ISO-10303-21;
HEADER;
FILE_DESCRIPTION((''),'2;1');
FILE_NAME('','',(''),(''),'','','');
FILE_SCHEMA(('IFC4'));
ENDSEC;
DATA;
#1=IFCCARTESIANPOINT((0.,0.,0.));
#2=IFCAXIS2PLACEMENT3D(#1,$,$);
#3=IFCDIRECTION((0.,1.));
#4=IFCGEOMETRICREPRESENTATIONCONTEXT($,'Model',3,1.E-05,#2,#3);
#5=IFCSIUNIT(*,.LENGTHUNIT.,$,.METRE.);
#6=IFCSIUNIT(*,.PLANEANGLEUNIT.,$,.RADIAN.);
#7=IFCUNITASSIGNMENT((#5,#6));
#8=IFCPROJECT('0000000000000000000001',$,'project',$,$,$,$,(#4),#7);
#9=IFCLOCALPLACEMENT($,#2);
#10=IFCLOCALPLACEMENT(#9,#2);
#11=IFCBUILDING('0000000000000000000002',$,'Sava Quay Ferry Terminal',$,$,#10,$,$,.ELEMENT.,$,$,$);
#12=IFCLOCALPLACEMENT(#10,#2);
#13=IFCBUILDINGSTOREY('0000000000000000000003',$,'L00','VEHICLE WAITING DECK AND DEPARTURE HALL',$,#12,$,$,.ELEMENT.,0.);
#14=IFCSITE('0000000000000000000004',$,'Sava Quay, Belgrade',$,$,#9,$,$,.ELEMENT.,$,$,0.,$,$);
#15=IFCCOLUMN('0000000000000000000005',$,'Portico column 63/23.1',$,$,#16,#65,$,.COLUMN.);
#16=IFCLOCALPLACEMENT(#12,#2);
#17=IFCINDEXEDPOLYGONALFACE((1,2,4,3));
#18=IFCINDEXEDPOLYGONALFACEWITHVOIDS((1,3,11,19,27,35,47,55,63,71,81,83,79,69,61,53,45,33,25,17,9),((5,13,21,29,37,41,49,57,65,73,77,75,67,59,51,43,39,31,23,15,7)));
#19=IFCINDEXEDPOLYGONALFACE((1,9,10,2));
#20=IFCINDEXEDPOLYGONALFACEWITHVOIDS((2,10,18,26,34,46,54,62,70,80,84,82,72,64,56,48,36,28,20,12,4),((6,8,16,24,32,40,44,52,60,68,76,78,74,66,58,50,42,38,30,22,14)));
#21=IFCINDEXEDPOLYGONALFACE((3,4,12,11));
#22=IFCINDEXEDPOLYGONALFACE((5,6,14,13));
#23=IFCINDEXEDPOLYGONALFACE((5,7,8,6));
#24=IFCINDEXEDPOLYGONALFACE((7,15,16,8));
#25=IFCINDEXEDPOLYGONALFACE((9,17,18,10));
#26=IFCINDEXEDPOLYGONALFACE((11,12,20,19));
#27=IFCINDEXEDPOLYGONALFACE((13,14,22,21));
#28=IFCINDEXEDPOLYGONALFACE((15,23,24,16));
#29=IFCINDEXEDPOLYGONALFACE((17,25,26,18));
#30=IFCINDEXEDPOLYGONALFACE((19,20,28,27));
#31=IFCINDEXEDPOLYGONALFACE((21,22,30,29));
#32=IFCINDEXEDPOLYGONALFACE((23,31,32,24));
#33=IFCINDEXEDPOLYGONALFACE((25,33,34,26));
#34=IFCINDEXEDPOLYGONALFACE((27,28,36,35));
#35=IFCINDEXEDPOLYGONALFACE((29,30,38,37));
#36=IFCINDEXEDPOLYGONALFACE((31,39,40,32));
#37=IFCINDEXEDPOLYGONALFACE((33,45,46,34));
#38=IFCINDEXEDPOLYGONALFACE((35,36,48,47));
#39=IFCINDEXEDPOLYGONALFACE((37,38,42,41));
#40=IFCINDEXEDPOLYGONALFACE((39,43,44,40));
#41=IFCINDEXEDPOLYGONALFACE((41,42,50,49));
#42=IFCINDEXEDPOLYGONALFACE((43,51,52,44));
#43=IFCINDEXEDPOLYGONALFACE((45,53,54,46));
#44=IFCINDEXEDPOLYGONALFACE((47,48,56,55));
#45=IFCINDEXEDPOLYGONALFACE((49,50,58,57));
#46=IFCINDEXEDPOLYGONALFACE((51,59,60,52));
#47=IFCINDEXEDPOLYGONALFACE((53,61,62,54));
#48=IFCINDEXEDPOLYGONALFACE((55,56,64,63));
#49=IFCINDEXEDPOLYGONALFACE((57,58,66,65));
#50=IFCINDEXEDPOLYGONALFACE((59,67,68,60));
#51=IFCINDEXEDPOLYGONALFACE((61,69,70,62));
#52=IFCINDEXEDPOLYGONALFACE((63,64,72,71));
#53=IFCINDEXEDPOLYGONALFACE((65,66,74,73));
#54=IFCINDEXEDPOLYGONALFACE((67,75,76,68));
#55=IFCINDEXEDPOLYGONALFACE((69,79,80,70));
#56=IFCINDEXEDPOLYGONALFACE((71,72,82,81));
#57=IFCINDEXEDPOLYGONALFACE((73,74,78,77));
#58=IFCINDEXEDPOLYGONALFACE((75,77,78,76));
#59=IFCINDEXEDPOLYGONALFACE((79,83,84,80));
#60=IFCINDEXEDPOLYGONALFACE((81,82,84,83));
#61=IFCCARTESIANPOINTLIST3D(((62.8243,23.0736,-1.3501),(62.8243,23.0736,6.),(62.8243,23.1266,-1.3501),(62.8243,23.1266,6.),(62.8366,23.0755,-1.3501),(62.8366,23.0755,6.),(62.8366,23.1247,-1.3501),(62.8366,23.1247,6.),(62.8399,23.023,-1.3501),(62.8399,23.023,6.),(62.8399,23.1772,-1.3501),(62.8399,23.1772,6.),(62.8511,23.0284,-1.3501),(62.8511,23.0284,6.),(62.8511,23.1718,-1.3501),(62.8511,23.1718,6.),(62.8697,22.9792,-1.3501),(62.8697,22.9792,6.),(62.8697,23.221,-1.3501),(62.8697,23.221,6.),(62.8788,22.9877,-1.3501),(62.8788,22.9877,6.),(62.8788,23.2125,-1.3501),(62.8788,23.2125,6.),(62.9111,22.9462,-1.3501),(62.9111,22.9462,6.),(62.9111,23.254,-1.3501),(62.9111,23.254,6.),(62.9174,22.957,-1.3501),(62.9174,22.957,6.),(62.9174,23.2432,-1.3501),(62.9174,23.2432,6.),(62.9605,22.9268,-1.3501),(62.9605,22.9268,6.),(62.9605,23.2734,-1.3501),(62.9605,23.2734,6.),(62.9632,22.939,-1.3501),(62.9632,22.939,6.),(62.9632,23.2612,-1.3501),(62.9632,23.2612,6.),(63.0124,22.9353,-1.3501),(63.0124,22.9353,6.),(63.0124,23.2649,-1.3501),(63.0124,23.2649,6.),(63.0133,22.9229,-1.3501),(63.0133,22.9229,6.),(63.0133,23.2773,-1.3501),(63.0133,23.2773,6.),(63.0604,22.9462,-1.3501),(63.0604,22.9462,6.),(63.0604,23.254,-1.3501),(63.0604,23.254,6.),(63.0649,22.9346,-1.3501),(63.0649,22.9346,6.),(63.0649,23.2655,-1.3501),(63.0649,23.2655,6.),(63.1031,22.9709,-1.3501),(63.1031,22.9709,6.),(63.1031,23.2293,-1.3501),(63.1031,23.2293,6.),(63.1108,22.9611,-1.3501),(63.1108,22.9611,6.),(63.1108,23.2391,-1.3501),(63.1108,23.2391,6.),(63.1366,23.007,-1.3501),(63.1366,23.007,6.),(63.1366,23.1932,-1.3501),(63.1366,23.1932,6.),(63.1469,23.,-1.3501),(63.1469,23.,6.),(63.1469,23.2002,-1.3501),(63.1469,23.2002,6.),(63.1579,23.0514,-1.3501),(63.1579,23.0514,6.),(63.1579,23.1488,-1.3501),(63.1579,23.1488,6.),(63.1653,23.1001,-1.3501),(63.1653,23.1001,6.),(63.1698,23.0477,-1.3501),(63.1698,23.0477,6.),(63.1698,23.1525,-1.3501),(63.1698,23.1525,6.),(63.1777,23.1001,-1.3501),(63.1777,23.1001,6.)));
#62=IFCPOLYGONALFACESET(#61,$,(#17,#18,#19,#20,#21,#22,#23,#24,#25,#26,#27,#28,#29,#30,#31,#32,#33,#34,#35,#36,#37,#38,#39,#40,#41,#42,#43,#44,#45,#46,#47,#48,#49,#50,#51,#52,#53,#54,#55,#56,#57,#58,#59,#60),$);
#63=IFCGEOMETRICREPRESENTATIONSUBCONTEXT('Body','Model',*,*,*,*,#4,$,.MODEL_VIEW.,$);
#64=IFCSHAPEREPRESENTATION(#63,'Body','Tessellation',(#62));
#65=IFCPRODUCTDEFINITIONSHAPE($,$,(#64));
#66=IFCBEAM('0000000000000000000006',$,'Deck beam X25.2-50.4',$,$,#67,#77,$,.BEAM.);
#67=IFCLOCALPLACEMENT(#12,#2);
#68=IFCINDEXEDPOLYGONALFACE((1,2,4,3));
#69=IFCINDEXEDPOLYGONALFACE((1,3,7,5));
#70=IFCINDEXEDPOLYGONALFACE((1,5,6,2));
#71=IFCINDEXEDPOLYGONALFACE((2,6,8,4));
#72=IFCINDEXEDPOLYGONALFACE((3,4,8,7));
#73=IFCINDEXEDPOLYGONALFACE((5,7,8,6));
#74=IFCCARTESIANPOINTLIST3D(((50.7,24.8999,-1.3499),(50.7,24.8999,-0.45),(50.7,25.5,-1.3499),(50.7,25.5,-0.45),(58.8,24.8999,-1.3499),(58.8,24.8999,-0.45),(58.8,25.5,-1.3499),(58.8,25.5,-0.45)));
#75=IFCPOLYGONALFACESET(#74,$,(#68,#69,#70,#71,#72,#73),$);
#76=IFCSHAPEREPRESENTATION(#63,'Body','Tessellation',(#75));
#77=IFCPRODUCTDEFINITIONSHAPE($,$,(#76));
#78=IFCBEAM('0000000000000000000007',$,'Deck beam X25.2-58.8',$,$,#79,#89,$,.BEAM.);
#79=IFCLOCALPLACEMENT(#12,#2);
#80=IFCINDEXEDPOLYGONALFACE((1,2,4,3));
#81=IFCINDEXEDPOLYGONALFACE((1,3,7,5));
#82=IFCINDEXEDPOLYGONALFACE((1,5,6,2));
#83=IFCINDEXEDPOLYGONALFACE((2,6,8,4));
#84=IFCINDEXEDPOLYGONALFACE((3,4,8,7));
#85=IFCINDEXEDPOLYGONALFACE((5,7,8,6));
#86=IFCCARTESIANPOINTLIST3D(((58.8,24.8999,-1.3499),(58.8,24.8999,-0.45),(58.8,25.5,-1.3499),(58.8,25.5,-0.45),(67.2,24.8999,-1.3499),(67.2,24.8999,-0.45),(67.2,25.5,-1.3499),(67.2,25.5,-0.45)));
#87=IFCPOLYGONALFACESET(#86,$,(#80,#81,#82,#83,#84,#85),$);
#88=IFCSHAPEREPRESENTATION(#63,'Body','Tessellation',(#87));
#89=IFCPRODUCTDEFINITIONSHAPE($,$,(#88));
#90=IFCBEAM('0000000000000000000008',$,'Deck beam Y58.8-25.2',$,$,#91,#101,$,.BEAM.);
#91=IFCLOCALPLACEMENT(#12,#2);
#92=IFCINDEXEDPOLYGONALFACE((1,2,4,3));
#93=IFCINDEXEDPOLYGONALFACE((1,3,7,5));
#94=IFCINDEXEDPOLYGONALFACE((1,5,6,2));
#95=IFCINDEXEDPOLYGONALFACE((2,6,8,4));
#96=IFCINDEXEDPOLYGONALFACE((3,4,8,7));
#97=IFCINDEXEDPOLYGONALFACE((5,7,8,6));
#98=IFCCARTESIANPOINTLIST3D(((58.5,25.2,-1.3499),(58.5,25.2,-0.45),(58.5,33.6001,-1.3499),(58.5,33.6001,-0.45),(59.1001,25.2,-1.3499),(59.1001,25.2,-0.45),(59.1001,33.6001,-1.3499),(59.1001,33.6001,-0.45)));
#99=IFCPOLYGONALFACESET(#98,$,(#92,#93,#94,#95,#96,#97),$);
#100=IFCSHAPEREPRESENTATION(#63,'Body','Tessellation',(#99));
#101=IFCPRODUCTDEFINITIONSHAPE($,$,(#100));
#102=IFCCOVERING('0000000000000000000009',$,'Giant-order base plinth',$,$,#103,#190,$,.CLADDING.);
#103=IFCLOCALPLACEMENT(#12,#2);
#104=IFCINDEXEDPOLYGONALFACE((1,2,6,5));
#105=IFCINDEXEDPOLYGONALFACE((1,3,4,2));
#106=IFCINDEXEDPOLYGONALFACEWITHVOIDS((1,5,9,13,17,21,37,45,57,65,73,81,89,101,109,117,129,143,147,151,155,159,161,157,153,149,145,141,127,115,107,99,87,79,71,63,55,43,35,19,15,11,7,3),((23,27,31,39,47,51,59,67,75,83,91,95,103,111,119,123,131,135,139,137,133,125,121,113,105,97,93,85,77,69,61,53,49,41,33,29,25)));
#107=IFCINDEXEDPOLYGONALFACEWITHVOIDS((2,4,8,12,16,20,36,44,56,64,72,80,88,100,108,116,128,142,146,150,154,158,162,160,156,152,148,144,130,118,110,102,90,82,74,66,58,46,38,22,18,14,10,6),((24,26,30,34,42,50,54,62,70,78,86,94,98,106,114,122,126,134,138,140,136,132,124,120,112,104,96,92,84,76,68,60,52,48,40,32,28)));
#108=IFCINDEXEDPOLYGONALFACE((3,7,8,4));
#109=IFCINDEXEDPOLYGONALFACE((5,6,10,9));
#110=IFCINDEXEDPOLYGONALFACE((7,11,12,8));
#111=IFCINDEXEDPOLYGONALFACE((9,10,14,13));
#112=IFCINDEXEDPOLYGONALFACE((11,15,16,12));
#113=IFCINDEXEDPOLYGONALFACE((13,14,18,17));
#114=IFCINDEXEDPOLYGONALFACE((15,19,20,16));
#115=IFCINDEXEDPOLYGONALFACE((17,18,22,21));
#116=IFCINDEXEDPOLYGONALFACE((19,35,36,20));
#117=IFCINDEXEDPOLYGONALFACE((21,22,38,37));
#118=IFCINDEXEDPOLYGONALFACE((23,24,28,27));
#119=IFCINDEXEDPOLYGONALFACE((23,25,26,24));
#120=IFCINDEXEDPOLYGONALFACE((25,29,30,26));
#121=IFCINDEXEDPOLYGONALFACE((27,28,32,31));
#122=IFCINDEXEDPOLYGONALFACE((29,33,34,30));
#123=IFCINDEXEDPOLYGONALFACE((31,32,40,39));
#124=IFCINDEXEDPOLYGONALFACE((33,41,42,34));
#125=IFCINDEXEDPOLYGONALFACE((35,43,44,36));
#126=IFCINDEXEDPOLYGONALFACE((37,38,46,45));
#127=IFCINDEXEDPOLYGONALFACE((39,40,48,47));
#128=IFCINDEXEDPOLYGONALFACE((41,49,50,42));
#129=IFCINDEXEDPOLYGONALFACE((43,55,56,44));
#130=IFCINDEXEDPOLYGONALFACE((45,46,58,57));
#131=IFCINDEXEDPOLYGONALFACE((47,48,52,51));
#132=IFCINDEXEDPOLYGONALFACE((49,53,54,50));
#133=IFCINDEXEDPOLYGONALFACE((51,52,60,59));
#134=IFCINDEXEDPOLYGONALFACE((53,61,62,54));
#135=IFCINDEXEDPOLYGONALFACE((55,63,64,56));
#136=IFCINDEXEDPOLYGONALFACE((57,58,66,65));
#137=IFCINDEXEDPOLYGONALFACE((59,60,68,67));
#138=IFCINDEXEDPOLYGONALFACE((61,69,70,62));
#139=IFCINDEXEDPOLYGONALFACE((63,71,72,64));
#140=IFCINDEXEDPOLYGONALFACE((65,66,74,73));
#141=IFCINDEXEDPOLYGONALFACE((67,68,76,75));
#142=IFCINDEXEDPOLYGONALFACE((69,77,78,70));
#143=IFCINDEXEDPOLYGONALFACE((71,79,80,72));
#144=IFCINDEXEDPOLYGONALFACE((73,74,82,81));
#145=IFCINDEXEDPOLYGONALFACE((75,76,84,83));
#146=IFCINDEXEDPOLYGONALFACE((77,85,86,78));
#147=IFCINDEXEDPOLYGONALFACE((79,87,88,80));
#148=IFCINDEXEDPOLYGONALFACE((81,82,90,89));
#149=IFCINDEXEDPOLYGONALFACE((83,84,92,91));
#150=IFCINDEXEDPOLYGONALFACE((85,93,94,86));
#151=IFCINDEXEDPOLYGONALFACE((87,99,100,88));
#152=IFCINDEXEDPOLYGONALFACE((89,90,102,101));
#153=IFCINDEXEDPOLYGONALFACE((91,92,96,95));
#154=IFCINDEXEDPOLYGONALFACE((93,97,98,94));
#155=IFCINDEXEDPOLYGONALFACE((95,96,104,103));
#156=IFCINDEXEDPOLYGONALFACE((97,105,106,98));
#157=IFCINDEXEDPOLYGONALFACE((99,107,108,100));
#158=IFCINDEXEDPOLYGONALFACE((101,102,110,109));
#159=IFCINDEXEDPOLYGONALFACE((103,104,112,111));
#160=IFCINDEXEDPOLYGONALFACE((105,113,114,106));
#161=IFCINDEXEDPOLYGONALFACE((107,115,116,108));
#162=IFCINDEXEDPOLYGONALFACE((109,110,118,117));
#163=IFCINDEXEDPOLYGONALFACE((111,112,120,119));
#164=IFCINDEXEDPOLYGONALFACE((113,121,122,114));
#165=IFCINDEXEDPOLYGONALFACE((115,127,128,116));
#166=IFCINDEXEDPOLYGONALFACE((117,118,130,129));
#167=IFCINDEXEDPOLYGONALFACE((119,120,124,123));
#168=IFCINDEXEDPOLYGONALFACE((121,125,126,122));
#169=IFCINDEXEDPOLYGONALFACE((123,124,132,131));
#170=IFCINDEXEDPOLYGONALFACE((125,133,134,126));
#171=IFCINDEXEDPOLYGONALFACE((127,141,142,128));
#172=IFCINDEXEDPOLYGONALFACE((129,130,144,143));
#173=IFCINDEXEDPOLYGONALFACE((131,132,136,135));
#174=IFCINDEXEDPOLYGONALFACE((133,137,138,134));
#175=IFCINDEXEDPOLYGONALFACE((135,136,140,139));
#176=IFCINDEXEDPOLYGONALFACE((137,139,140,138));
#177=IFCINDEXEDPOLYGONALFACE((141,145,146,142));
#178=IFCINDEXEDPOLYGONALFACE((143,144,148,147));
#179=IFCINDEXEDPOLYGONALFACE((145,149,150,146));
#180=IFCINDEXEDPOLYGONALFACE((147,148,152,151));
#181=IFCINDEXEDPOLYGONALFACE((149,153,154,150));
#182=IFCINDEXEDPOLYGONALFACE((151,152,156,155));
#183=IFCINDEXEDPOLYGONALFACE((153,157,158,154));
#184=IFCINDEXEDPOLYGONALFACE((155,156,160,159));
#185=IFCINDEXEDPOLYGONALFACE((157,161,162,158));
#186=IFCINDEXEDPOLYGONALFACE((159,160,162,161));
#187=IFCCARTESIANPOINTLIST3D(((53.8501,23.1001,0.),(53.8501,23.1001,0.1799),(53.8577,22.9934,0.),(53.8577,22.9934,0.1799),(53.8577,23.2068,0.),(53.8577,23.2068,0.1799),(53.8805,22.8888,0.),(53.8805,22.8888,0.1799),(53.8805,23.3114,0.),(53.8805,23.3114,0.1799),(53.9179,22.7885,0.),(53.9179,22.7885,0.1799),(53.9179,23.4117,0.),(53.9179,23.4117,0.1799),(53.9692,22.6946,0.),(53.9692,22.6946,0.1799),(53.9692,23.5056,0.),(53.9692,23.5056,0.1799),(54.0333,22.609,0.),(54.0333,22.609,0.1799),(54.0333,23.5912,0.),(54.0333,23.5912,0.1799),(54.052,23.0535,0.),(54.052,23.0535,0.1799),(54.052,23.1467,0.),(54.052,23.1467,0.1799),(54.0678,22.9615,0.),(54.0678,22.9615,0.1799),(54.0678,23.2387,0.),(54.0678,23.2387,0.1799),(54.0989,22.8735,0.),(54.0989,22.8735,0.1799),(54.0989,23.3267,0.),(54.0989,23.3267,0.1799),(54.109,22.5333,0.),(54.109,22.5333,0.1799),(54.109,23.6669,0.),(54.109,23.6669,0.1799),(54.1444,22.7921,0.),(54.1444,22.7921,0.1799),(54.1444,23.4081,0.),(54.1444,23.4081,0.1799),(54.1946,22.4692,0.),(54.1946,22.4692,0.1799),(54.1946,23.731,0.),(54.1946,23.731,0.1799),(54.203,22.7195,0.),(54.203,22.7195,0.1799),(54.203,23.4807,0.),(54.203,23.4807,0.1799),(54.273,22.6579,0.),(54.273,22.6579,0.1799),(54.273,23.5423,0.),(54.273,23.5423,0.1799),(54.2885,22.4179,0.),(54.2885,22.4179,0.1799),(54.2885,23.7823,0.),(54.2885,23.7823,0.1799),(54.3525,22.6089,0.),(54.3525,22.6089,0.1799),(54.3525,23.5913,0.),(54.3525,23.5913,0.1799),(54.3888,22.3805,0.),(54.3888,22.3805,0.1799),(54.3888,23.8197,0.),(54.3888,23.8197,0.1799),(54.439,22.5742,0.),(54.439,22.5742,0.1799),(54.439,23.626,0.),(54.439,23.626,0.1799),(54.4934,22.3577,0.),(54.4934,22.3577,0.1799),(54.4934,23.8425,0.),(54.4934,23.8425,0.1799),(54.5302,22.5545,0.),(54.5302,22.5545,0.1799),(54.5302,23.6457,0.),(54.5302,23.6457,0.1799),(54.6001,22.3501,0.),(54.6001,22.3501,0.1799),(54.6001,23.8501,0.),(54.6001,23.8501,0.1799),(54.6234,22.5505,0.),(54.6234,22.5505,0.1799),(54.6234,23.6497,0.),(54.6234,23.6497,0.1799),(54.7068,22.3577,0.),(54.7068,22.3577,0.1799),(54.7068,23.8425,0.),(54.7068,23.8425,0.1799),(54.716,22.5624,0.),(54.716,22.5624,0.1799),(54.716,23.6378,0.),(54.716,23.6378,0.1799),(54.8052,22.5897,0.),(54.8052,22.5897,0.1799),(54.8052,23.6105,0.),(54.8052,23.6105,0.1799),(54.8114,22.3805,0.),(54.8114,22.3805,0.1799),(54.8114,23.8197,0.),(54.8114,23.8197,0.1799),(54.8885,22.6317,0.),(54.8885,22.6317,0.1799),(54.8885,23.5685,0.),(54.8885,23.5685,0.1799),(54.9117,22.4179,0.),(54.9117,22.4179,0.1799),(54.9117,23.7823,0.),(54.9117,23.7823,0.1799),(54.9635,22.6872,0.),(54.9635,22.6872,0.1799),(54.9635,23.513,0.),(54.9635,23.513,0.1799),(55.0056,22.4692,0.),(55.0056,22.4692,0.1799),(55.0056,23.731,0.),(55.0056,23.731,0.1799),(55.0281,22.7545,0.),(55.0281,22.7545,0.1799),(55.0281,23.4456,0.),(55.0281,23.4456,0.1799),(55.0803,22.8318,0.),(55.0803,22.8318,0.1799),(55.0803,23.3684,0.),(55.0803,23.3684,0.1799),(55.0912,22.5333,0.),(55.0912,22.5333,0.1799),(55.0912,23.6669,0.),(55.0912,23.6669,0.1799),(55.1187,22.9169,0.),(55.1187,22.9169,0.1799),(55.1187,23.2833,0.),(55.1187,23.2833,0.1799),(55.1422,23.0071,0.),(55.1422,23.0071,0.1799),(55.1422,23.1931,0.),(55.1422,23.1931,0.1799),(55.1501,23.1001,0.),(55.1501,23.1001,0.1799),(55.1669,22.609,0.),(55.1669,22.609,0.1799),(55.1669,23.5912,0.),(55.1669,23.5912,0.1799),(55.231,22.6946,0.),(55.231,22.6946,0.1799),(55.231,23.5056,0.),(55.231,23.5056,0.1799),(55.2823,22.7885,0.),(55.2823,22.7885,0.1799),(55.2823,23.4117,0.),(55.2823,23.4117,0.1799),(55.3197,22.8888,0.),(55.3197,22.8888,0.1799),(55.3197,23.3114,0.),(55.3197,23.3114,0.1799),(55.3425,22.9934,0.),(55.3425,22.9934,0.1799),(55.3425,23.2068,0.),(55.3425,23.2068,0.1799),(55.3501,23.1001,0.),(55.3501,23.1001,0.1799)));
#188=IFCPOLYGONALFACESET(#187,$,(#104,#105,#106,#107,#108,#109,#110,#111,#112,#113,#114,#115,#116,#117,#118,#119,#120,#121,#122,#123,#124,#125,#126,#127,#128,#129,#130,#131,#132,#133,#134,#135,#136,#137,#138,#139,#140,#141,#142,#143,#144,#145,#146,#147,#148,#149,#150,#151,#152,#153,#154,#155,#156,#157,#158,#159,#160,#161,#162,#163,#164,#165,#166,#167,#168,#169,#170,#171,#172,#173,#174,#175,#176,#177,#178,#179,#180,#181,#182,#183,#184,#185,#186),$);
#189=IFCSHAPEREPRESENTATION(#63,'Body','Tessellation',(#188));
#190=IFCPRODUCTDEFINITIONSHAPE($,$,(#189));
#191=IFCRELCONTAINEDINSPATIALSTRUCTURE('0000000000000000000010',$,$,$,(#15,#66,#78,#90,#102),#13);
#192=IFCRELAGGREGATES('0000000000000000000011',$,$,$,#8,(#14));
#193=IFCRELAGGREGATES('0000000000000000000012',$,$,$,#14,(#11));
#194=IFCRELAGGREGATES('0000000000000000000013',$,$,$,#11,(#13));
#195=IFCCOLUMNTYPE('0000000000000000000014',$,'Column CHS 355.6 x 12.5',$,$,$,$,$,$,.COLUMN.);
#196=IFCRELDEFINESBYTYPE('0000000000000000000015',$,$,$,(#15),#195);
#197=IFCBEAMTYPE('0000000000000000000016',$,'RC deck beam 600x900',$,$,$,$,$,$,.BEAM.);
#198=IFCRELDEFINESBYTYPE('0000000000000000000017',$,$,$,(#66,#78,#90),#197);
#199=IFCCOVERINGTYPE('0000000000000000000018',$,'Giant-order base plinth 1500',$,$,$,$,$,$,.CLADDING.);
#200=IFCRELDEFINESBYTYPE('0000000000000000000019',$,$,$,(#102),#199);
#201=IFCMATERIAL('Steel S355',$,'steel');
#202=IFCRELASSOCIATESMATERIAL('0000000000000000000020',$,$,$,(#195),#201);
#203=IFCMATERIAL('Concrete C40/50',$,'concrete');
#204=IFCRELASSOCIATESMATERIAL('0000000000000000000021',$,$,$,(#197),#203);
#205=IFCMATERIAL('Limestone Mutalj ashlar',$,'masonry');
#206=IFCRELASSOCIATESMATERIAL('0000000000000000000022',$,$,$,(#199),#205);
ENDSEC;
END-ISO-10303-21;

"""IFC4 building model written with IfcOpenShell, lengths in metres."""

from ifc_helpers import new_model, si_unit, direction, frame, origin, origin_2d, place, context, subcontext, project, spatial, rectangle, hollow_circle, extrude, material, material_profile, profile_set, type_object, element, save


model = new_model("IFC4")

# Units and contexts
model_context = context("Model", 3, precision=1e-05, world=origin(), true_north=direction((0.0, 1.0)))
body_context = subcontext(model_context, "Body", "Model", "MODEL_VIEW")
ifc_project = project(units=[si_unit("LENGTHUNIT", "METRE"), si_unit("PLANEANGLEUNIT", "RADIAN")], contexts=[model_context])

# Site, building, storey
site_placement = place(None, origin())
site = spatial("IfcSite", under=ifc_project, at=site_placement, Name="Sava Quay, Belgrade", CompositionType="ELEMENT", RefElevation=0.0)
building_placement = place(site_placement, origin())
building = spatial("IfcBuilding", under=site, at=building_placement, Name="Sava Quay Ferry Terminal", CompositionType="ELEMENT")
storey_placement = place(building_placement, origin())
storey = spatial("IfcBuildingStorey", under=building, at=storey_placement, Name="L00", Description="VEHICLE WAITING DECK AND DEPARTURE HALL", CompositionType="ELEMENT", Elevation=0.0)

# Column
ifc_material_1 = material(Name="Steel S355", Category="steel")
ifc_material_profile_1 = material_profile(ifc_material_1, hollow_circle(Radius=0.1777, WallThickness=0.0125, at=origin_2d()), Name="CHS 355.6 x 12.5")
ifc_profile_set_1 = profile_set([ifc_material_profile_1], Name="Steel S355")
column_type = type_object("IfcColumnType", Name="Column CHS 355.6 x 12.5", PredefinedType="COLUMN", material=ifc_profile_set_1)
for number, where, z_axis, x_axis, name in (
    (1, (63.0, 23.1001, -1.3501), (0.0, 0.0, 1.0), (1.0, 0.0, 0.0), "Portico column 63/23.1"),
):
    element("IfcColumn", number, at=place(storey_placement, frame(where, z_axis=z_axis, x_axis=x_axis)), inside=storey, type_object=column_type, Name=name, PredefinedType="COLUMN", context=body_context, shape_type="SweptSolid", body=[
        extrude(hollow_circle(Radius=0.1777, WallThickness=0.0125, at=origin_2d()), origin(), (0.0, 0.0, 1.0), 7.3501),
    ])

# Beams
ifc_material_2 = material(Name="Concrete C40/50", Category="concrete")
ifc_material_profile_2 = material_profile(ifc_material_2, rectangle(XDim=0.6001, YDim=0.8999, at=origin_2d()), Name="RC 600x900")
ifc_profile_set_2 = profile_set([ifc_material_profile_2], Name="Concrete C40/50")
beam_type = type_object("IfcBeamType", Name="RC deck beam 600x900", PredefinedType="BEAM", material=ifc_profile_set_2)
beam_1_placement = place(storey_placement, frame((50.7, 25.2, -0.8999), z_axis=(1.0, 0.0, 0.0), x_axis=(0.0, 1.0, 0.0)))
element("IfcBeam", 2, at=beam_1_placement, inside=storey, type_object=beam_type, Name="Deck beam X25.2-50.4", PredefinedType="BEAM", context=body_context, shape_type="SweptSolid", body=[
    extrude(rectangle(XDim=0.6001, YDim=0.8999, at=origin_2d()), origin(), (0.0, 0.0, 1.0), 8.1001),
])
beam_2_placement = place(storey_placement, frame((58.8, 25.2, -0.8999), z_axis=(1.0, 0.0, 0.0), x_axis=(0.0, 1.0, 0.0)))
element("IfcBeam", 3, at=beam_2_placement, inside=storey, type_object=beam_type, Name="Deck beam X25.2-58.8", PredefinedType="BEAM", context=body_context, shape_type="SweptSolid", body=[
    extrude(rectangle(XDim=0.6001, YDim=0.8999, at=origin_2d()), origin(), (0.0, 0.0, 1.0), 8.3999),
])
beam_3_placement = place(storey_placement, frame((58.8, 25.2, -0.8999), z_axis=(0.0, 1.0, 0.0), x_axis=(-1.0, 0.0, 0.0)))
element("IfcBeam", 4, at=beam_3_placement, inside=storey, type_object=beam_type, Name="Deck beam Y58.8-25.2", PredefinedType="BEAM", context=body_context, shape_type="SweptSolid", body=[
    extrude(rectangle(XDim=0.6001, YDim=0.8999, at=origin_2d()), origin(), (0.0, 0.0, 1.0), 8.4001),
])

# Covering
ifc_material_3 = material(Name="Limestone Mutalj ashlar", Category="masonry")
ifc_material_profile_3 = material_profile(ifc_material_3, hollow_circle(Radius=0.75, WallThickness=0.2, at=origin_2d()), Name="Base plinth 1500")
ifc_profile_set_3 = profile_set([ifc_material_profile_3], Name="Limestone Mutalj ashlar")
covering_type_1 = type_object("IfcCoveringType", Name="Giant-order base plinth 1500", PredefinedType="CLADDING", material=ifc_profile_set_3)
covering_1_placement = place(storey_placement, frame((54.6001, 23.1001, 0.0), z_axis=(0.0, 0.0, 1.0), x_axis=(1.0, 0.0, 0.0)))
element("IfcCovering", 5, at=covering_1_placement, inside=storey, type_object=covering_type_1, Name="Giant-order base plinth", PredefinedType="CLADDING", context=body_context, shape_type="SweptSolid", body=[
    extrude(hollow_circle(Radius=0.75, WallThickness=0.2, at=origin_2d()), origin(), (0.0, 0.0, 1.0), 0.1799),
])

save(model, "model.ifc")
